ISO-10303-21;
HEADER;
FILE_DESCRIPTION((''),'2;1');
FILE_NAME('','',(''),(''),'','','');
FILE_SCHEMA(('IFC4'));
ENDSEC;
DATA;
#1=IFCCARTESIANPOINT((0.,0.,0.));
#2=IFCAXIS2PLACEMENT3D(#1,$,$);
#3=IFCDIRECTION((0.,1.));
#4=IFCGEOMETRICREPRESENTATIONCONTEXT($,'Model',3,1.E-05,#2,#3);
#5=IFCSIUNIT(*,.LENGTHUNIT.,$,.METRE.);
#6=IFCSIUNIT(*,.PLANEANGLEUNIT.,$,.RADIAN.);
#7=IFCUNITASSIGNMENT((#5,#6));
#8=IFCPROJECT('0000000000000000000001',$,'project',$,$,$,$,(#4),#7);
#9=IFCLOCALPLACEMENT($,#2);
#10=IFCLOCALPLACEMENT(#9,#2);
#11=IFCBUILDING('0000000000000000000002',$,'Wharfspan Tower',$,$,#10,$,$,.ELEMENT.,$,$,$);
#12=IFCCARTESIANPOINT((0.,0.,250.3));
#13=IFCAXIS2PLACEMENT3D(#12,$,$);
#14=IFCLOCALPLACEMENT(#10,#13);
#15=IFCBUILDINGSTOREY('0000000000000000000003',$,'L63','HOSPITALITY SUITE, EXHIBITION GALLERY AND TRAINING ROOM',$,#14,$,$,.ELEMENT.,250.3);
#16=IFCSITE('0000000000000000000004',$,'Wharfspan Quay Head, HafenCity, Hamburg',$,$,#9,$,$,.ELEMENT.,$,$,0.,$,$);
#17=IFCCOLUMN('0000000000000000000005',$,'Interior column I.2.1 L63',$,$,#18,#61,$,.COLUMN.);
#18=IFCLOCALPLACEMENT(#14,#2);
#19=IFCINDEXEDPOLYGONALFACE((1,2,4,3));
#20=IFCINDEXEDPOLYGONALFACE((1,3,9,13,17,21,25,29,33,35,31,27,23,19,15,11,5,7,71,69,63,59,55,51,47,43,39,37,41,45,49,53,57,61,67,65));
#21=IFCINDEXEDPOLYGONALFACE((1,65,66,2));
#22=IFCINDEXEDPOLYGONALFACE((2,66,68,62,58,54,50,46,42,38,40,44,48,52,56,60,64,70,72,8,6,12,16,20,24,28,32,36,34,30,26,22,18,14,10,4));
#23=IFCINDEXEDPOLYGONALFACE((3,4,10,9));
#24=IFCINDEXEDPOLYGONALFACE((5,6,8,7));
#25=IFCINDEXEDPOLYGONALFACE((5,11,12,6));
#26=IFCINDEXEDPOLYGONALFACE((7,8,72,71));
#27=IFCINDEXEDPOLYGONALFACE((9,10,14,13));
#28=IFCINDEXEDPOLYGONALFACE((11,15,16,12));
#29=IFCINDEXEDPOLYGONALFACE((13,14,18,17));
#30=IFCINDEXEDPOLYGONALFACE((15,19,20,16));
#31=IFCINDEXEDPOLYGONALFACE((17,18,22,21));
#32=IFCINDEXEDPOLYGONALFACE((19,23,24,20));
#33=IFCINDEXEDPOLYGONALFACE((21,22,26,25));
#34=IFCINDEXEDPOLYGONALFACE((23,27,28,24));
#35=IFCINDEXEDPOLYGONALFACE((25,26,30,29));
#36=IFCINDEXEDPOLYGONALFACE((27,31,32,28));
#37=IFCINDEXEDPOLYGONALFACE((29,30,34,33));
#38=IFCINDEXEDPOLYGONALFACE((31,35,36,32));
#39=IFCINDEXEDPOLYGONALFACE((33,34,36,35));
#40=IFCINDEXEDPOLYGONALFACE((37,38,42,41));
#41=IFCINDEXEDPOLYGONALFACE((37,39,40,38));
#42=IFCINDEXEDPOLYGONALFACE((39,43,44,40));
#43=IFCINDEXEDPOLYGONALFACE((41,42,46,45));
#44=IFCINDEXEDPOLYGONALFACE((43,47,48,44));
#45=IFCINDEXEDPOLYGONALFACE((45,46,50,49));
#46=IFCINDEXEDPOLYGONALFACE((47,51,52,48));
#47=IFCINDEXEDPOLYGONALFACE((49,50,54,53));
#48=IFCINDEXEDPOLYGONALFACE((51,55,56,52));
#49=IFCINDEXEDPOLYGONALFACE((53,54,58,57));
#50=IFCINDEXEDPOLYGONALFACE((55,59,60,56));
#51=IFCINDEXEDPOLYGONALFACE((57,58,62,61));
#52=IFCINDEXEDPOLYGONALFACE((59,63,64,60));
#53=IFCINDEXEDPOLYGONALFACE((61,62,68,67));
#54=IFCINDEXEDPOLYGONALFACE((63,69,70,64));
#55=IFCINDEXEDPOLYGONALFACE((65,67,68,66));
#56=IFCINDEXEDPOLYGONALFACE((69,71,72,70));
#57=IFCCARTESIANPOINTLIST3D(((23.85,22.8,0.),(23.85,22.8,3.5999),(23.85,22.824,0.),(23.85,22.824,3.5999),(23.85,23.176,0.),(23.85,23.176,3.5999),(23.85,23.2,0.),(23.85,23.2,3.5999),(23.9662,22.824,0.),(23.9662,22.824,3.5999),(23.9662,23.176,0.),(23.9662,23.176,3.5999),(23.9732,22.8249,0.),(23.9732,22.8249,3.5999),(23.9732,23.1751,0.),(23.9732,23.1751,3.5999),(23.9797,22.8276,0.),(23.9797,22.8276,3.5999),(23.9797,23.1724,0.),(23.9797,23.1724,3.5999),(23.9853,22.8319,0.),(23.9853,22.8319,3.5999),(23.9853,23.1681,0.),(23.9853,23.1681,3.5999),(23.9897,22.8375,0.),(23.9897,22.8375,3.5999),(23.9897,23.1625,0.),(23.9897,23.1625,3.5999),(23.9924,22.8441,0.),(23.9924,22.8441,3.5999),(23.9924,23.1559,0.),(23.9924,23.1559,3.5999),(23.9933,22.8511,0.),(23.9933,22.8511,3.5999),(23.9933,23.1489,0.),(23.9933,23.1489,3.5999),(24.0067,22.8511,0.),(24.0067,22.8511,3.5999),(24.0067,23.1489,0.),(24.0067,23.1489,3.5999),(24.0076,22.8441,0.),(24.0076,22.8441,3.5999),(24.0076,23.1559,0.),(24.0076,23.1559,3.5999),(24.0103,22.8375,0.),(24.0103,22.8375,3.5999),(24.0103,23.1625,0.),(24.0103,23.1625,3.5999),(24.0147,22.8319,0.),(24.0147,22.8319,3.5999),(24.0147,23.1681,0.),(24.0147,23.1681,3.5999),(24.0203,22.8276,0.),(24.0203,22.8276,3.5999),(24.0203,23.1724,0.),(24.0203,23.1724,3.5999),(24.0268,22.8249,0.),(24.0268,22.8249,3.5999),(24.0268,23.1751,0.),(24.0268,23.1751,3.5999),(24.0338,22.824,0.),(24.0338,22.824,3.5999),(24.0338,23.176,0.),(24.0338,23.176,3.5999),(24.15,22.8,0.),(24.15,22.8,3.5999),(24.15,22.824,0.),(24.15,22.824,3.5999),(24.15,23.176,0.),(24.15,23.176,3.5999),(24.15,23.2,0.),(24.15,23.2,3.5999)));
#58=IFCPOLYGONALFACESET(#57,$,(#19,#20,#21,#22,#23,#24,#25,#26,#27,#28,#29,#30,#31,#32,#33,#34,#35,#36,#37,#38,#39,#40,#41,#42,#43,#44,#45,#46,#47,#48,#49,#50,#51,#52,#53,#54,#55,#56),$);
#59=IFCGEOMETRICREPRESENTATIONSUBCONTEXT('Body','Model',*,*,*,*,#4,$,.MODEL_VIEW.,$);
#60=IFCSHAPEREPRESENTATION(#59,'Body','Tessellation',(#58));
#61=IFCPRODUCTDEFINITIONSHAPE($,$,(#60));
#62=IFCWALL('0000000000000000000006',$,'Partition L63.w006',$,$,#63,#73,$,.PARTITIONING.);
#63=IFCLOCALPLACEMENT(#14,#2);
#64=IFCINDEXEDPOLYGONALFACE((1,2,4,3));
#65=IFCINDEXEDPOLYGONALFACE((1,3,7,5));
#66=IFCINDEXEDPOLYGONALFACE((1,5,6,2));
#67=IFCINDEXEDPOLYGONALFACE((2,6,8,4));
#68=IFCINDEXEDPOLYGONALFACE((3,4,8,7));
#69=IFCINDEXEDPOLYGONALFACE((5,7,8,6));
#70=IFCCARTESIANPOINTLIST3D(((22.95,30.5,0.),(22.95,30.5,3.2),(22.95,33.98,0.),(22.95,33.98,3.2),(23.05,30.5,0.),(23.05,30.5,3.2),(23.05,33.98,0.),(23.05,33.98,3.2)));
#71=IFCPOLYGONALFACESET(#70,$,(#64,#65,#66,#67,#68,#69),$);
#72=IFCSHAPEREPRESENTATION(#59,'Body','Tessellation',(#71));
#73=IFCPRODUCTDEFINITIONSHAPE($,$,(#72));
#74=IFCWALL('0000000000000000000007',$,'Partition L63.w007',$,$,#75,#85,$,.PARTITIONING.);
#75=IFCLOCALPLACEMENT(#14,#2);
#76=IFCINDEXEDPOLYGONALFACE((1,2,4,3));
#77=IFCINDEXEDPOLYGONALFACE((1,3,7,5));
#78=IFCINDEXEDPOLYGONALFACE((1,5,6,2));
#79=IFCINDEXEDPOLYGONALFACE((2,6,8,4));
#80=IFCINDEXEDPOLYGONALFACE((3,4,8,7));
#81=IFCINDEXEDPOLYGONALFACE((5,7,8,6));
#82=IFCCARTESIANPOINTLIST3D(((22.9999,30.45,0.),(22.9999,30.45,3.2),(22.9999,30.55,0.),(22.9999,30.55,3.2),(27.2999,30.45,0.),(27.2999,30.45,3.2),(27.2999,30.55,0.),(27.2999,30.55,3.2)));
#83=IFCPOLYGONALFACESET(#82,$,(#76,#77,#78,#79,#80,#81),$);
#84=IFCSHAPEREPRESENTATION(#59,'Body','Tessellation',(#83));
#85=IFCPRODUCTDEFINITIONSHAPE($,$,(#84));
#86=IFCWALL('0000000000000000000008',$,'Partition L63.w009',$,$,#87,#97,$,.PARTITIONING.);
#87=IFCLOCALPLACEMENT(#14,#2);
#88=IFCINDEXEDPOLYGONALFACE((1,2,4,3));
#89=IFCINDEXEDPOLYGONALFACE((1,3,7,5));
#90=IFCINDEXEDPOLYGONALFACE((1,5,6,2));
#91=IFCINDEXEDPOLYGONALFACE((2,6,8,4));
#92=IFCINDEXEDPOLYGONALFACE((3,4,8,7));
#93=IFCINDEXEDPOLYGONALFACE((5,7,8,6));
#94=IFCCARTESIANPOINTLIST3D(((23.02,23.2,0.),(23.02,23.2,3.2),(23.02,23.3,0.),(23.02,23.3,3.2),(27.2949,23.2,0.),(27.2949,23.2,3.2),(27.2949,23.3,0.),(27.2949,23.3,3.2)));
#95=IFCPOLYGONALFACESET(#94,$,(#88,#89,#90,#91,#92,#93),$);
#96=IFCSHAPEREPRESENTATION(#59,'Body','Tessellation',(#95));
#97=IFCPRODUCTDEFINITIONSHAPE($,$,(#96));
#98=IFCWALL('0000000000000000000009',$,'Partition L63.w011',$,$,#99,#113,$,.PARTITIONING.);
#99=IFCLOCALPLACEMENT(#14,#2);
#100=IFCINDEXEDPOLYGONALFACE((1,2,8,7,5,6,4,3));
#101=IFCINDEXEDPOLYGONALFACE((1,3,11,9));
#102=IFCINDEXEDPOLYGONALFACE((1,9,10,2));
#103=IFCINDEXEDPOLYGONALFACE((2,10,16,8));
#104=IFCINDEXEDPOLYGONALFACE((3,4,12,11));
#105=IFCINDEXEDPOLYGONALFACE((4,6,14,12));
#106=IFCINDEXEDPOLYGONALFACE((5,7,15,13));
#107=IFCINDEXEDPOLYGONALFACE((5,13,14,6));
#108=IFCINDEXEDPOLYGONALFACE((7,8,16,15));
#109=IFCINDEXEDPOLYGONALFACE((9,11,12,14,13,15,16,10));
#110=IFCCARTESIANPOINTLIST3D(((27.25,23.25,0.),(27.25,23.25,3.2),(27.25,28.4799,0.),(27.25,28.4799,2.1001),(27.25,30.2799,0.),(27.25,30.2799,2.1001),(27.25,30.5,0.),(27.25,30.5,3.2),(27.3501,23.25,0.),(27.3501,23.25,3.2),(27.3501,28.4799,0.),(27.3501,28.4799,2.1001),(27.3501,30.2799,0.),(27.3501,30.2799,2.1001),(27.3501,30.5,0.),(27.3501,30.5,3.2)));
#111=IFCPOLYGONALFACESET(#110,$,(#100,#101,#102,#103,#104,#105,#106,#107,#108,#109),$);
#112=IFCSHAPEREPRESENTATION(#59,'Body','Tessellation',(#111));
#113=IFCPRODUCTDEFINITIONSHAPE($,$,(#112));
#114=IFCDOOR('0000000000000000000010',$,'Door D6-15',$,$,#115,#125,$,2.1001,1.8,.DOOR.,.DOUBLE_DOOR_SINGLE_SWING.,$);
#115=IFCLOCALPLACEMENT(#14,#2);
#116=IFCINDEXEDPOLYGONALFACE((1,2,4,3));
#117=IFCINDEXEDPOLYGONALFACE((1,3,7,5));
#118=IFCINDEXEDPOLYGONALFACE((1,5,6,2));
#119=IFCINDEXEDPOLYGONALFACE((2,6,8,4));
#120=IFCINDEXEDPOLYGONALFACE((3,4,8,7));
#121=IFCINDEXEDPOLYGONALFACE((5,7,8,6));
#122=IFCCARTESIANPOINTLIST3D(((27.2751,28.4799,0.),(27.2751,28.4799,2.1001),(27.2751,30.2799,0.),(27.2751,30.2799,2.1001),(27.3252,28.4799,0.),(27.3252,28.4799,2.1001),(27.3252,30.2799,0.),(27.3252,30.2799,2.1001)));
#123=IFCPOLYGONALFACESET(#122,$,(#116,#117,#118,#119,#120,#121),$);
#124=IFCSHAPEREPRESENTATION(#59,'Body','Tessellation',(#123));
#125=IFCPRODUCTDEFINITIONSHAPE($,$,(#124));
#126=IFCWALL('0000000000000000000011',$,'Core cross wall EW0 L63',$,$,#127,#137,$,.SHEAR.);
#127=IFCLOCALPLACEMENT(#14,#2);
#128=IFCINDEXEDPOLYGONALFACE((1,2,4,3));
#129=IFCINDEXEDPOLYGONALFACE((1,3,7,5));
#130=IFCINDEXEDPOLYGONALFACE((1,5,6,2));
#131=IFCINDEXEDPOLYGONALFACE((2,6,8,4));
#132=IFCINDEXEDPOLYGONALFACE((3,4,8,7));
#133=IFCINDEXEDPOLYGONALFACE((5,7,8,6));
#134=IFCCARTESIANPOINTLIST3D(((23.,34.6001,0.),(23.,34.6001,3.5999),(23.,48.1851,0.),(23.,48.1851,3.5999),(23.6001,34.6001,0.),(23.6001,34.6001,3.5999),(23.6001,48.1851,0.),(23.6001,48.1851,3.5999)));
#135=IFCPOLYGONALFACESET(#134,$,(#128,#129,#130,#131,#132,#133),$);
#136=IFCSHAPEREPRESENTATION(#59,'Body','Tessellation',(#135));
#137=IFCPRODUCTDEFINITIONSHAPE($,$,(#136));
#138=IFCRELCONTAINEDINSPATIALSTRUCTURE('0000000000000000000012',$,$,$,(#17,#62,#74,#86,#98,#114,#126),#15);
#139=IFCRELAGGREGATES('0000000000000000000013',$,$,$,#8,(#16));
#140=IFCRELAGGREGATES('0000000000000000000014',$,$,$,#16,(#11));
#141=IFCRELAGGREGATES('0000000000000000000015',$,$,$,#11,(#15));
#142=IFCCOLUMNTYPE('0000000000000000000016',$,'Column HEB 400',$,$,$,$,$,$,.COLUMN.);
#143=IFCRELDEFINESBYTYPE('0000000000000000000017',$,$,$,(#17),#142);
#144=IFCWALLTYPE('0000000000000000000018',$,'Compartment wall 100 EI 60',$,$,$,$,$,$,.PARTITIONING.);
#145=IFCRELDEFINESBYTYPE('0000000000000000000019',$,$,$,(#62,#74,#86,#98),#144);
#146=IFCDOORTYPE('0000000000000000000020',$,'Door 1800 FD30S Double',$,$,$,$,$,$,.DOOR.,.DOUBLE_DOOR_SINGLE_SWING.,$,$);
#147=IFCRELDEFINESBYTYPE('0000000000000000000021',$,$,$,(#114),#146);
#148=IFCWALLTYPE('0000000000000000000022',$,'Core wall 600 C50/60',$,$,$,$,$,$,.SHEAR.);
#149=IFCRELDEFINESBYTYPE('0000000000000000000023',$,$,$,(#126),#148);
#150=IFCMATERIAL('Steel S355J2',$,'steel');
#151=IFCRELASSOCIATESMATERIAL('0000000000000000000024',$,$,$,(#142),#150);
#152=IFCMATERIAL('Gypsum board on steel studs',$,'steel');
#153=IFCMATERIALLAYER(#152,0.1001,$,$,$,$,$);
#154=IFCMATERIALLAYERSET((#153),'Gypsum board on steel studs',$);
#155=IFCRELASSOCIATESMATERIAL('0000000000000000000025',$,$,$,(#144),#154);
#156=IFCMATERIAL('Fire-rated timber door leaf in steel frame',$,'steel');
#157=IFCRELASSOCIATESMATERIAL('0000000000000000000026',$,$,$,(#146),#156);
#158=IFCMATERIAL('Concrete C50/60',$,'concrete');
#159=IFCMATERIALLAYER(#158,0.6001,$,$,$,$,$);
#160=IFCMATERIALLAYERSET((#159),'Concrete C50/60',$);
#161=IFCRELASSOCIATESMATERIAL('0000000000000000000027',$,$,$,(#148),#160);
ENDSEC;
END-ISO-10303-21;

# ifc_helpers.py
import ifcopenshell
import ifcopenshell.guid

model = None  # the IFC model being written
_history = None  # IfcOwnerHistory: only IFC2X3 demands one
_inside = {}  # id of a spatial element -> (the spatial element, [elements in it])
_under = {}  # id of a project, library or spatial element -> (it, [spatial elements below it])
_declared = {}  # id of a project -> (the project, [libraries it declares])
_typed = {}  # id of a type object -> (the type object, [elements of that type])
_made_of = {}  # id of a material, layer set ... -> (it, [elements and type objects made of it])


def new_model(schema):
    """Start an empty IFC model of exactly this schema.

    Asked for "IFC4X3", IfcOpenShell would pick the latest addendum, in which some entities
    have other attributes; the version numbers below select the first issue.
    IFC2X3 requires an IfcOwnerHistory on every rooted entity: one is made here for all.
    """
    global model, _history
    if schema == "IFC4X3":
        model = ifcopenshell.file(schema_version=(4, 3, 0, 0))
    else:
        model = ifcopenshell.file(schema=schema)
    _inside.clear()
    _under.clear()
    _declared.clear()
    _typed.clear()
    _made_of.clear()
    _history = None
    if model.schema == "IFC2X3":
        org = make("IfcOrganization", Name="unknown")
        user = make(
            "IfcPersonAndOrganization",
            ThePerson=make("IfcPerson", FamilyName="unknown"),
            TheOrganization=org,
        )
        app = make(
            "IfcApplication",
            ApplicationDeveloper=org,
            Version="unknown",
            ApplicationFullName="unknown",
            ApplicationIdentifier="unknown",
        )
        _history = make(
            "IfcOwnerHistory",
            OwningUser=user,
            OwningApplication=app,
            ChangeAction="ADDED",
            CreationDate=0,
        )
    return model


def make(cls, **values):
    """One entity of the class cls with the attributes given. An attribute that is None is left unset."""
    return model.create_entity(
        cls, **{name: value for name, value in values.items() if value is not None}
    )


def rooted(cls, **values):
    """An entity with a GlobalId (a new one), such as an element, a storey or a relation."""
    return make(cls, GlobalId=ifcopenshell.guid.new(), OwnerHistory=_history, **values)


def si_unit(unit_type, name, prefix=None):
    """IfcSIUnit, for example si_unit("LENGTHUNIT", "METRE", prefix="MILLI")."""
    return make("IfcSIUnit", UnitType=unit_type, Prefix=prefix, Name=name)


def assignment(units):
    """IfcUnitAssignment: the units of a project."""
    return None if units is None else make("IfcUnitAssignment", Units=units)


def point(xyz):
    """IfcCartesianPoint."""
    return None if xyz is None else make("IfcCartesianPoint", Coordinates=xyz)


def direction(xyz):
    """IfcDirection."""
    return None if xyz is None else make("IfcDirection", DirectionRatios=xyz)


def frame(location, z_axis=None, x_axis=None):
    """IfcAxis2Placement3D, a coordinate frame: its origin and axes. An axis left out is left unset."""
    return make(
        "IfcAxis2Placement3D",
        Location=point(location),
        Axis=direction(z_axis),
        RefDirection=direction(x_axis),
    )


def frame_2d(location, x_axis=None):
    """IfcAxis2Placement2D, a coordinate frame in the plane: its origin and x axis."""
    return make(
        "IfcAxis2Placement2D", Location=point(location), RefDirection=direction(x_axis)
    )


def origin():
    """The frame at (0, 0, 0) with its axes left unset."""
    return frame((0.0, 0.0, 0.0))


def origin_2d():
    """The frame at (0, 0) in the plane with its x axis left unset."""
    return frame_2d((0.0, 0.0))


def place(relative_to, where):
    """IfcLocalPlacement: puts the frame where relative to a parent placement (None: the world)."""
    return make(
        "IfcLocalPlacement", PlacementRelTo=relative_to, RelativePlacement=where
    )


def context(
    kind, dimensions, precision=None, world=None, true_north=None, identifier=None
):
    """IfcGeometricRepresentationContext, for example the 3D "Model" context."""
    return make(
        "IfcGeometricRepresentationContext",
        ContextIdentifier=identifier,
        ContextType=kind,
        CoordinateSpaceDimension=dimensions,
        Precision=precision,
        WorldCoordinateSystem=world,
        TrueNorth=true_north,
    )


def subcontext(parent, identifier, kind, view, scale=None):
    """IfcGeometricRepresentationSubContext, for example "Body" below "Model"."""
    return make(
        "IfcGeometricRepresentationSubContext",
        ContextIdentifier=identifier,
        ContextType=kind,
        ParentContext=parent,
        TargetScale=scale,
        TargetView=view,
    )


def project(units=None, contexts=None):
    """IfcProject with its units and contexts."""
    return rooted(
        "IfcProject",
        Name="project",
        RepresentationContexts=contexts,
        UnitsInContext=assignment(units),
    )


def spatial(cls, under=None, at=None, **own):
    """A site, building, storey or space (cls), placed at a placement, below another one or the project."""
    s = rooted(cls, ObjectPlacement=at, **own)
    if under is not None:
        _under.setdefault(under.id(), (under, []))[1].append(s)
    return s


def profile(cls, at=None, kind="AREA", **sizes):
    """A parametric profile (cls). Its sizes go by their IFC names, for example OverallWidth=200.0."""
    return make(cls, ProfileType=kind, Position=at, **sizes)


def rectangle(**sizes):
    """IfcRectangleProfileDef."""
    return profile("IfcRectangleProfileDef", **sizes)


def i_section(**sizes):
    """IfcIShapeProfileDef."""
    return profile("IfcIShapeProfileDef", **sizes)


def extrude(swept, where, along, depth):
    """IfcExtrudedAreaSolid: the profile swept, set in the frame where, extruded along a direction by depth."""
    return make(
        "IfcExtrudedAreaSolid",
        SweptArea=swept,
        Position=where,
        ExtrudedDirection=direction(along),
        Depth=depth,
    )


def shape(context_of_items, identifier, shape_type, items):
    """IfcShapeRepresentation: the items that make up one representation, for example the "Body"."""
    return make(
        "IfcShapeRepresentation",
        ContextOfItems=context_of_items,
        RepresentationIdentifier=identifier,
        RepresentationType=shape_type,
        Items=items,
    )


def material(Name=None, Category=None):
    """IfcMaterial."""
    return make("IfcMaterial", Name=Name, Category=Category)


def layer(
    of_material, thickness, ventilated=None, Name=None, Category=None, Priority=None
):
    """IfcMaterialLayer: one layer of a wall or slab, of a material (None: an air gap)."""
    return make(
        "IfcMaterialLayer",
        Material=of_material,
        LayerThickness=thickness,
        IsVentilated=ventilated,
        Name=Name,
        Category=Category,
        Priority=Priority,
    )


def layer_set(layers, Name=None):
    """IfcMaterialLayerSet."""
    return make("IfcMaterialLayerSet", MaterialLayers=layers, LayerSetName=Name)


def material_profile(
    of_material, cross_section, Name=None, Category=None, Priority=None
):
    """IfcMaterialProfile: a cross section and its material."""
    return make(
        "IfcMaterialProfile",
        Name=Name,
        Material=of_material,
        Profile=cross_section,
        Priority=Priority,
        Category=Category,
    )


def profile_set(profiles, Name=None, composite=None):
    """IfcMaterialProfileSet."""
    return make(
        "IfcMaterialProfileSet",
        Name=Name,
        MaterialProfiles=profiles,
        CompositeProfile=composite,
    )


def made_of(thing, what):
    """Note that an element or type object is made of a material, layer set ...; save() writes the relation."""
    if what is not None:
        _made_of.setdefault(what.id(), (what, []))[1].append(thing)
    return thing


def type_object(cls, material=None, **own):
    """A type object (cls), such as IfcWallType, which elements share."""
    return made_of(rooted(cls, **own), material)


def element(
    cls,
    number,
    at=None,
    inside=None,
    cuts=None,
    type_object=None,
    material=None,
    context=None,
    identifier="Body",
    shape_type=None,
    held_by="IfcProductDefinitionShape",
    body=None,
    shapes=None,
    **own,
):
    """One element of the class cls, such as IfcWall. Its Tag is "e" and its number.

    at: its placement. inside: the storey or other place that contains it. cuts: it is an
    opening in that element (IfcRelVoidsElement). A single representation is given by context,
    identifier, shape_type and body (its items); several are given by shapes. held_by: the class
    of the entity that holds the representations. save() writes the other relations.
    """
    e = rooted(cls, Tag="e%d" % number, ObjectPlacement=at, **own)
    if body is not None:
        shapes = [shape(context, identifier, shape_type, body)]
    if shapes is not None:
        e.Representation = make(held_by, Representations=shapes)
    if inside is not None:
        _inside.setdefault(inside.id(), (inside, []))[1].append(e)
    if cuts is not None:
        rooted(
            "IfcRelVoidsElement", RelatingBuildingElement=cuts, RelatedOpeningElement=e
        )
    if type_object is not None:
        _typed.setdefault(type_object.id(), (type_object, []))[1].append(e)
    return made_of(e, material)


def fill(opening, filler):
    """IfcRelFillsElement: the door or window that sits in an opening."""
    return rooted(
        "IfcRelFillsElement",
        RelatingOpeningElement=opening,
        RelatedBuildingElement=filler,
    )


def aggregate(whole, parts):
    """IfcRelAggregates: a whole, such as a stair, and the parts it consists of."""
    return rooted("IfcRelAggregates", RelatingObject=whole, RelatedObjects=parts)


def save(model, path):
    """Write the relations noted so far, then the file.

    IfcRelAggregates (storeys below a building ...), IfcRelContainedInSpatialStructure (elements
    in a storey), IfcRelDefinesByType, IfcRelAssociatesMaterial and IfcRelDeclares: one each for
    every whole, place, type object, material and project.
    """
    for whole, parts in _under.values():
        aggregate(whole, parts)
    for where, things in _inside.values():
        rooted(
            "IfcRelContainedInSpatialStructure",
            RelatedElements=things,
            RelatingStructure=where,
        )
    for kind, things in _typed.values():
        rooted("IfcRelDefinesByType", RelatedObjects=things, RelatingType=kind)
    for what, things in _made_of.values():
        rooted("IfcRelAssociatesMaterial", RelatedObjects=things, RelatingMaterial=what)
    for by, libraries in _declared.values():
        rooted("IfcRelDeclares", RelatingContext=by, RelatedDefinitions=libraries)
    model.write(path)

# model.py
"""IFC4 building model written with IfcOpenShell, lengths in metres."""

from ifc_helpers import new_model, si_unit, direction, frame, frame_2d, origin, origin_2d, place, context, subcontext, project, spatial, rectangle, i_section, extrude, material, layer, layer_set, material_profile, profile_set, type_object, element, fill, save


model = new_model("IFC4")

# Units and contexts
model_context = context("Model", 3, precision=1e-05, world=origin(), true_north=direction((0.0, 1.0)))
body_context = subcontext(model_context, "Body", "Model", "MODEL_VIEW")
ifc_project = project(units=[si_unit("LENGTHUNIT", "METRE"), si_unit("PLANEANGLEUNIT", "RADIAN")], contexts=[model_context])

# Site, building, storey
site_placement = place(None, origin())
site = spatial("IfcSite", under=ifc_project, at=site_placement, Name="Wharfspan Quay Head, HafenCity, Hamburg", CompositionType="ELEMENT", RefElevation=0.0)
building_placement = place(site_placement, origin())
building = spatial("IfcBuilding", under=site, at=building_placement, Name="Wharfspan Tower", CompositionType="ELEMENT")
storey_placement = place(building_placement, frame((0.0, 0.0, 250.3)))
storey = spatial("IfcBuildingStorey", under=building, at=storey_placement, Name="L63", Description="HOSPITALITY SUITE, EXHIBITION GALLERY AND TRAINING ROOM", CompositionType="ELEMENT", Elevation=250.3)

# Column
ifc_material_1 = material(Name="Steel S355J2", Category="steel")
ifc_material_profile = material_profile(ifc_material_1, i_section(OverallWidth=0.3, OverallDepth=0.3999, WebThickness=0.0134, FlangeThickness=0.0239, FilletRadius=0.0271, at=origin_2d()))
ifc_profile_set = profile_set([ifc_material_profile], Name="Steel S355J2")
column_type = type_object("IfcColumnType", Name="Column HEB 400", PredefinedType="COLUMN", material=ifc_profile_set)
column_placement = place(storey_placement, frame((24.0, 23.0, 0.0), z_axis=(0.0, 0.0, 1.0), x_axis=(1.0, 0.0, 0.0)))
element("IfcColumn", 1, at=column_placement, inside=storey, type_object=column_type, Name="Interior column I.2.1 L63", PredefinedType="COLUMN", context=body_context, shape_type="SweptSolid", body=[
    extrude(i_section(OverallWidth=0.3, OverallDepth=0.3999, WebThickness=0.0134, FlangeThickness=0.0239, FilletRadius=0.0271, at=origin_2d()), origin(), (0.0, 0.0, 1.0), 3.5999),
])

# Walls
ifc_material_2 = material(Name="Gypsum board on steel studs", Category="steel")
ifc_layer_1 = layer(ifc_material_2, 0.1001)
ifc_layer_set_1 = layer_set([ifc_layer_1], Name="Gypsum board on steel studs")
wall_type_1 = type_object("IfcWallType", Name="Compartment wall 100 EI 60", PredefinedType="PARTITIONING", material=ifc_layer_set_1)
wall_1_placement = place(storey_placement, frame((23.0, 30.5, 0.0), z_axis=(0.0, 0.0, 1.0), x_axis=(0.0, 1.0, 0.0)))
element("IfcWall", 2, at=wall_1_placement, inside=storey, type_object=wall_type_1, Name="Partition L63.w006", PredefinedType="PARTITIONING", context=body_context, shape_type="SweptSolid", body=[
    extrude(rectangle(XDim=3.48, YDim=0.1001, at=frame_2d((1.74, 0.0))), origin(), (0.0, 0.0, 1.0), 3.2),
])
wall_2_placement = place(storey_placement, frame((23.0, 30.5, 0.0), z_axis=(0.0, 0.0, 1.0), x_axis=(1.0, 0.0, 0.0)))
element("IfcWall", 3, at=wall_2_placement, inside=storey, type_object=wall_type_1, Name="Partition L63.w007", PredefinedType="PARTITIONING", context=body_context, shape_type="SweptSolid", body=[
    extrude(rectangle(XDim=4.3, YDim=0.1001, at=frame_2d((2.1499, 0.0))), origin(), (0.0, 0.0, 1.0), 3.2),
])
wall_3_placement = place(storey_placement, frame((23.02, 23.25, 0.0), z_axis=(0.0, 0.0, 1.0), x_axis=(1.0, 0.0, 0.0)))
element("IfcWall", 4, at=wall_3_placement, inside=storey, type_object=wall_type_1, Name="Partition L63.w009", PredefinedType="PARTITIONING", context=body_context, shape_type="SweptSolid", body=[
    extrude(rectangle(XDim=4.2749, YDim=0.1001, at=frame_2d((2.1375, 0.0))), origin(), (0.0, 0.0, 1.0), 3.2),
])

# Wall, opening, door
wall_4_placement = place(storey_placement, frame((27.3, 23.25, 0.0), z_axis=(0.0, 0.0, 1.0), x_axis=(0.0, 1.0, 0.0)))
wall_4 = element("IfcWall", 5, at=wall_4_placement, inside=storey, type_object=wall_type_1, Name="Partition L63.w011", PredefinedType="PARTITIONING", context=body_context, shape_type="SweptSolid", body=[
    extrude(rectangle(XDim=7.25, YDim=0.1001, at=frame_2d((3.625, 0.0))), origin(), (0.0, 0.0, 1.0), 3.2),
])
opening_1_placement = place(wall_4_placement, frame((5.23, 0.0, 0.0)))
opening_1 = element("IfcOpeningElement", 6, at=opening_1_placement, cuts=wall_4, PredefinedType="OPENING", context=body_context, shape_type="SweptSolid", body=[
    extrude(rectangle(XDim=1.8, YDim=2.1001, at=frame_2d((0.8999, 1.05))), frame((0.0, 0.0601, 0.0), z_axis=(0.0, -1.0, 0.0), x_axis=(1.0, 0.0, 0.0)), (0.0, 0.0, 1.0), 0.1201),
])
ifc_material_3 = material(Name="Fire-rated timber door leaf in steel frame", Category="steel")
door_type_1 = type_object("IfcDoorType", Name="Door 1800 FD30S Double", OperationType="DOUBLE_DOOR_SINGLE_SWING", PredefinedType="DOOR", material=ifc_material_3)
door_1_placement = place(opening_1_placement, origin())
door_1 = element("IfcDoor", 7, at=door_1_placement, inside=storey, type_object=door_type_1, Name="Door D6-15", OperationType="DOUBLE_DOOR_SINGLE_SWING", OverallHeight=2.1001, OverallWidth=1.8, PredefinedType="DOOR", context=body_context, shape_type="SweptSolid", body=[
    extrude(rectangle(XDim=1.8, YDim=2.1001, at=frame_2d((0.8999, 1.05))), frame((0.0, 0.0249, 0.0), z_axis=(0.0, -1.0, 0.0), x_axis=(1.0, 0.0, 0.0)), (0.0, 0.0, 1.0), 0.05),
])
fill(opening_1, door_1)

# Shared definitions
ifc_material_4 = material(Name="Concrete C50/60", Category="concrete")
ifc_layer_2 = layer(ifc_material_4, 0.6001)
ifc_layer_set_2 = layer_set([ifc_layer_2], Name="Concrete C50/60")
wall_type_2 = type_object("IfcWallType", Name="Core wall 600 C50/60", PredefinedType="SHEAR", material=ifc_layer_set_2)

# Wall
wall_5_placement = place(storey_placement, frame((23.3, 34.6001, 0.0), z_axis=(0.0, 0.0, 1.0), x_axis=(0.0, 1.0, 0.0)))
element("IfcWall", 8, at=wall_5_placement, inside=storey, type_object=wall_type_2, Name="Core cross wall EW0 L63", PredefinedType="SHEAR", context=body_context, shape_type="SweptSolid", body=[
    extrude(rectangle(XDim=13.585, YDim=0.6001, at=frame_2d((6.7925, 0.0))), origin(), (0.0, 0.0, 1.0), 3.5999),
])

save(model, "model.ifc")
